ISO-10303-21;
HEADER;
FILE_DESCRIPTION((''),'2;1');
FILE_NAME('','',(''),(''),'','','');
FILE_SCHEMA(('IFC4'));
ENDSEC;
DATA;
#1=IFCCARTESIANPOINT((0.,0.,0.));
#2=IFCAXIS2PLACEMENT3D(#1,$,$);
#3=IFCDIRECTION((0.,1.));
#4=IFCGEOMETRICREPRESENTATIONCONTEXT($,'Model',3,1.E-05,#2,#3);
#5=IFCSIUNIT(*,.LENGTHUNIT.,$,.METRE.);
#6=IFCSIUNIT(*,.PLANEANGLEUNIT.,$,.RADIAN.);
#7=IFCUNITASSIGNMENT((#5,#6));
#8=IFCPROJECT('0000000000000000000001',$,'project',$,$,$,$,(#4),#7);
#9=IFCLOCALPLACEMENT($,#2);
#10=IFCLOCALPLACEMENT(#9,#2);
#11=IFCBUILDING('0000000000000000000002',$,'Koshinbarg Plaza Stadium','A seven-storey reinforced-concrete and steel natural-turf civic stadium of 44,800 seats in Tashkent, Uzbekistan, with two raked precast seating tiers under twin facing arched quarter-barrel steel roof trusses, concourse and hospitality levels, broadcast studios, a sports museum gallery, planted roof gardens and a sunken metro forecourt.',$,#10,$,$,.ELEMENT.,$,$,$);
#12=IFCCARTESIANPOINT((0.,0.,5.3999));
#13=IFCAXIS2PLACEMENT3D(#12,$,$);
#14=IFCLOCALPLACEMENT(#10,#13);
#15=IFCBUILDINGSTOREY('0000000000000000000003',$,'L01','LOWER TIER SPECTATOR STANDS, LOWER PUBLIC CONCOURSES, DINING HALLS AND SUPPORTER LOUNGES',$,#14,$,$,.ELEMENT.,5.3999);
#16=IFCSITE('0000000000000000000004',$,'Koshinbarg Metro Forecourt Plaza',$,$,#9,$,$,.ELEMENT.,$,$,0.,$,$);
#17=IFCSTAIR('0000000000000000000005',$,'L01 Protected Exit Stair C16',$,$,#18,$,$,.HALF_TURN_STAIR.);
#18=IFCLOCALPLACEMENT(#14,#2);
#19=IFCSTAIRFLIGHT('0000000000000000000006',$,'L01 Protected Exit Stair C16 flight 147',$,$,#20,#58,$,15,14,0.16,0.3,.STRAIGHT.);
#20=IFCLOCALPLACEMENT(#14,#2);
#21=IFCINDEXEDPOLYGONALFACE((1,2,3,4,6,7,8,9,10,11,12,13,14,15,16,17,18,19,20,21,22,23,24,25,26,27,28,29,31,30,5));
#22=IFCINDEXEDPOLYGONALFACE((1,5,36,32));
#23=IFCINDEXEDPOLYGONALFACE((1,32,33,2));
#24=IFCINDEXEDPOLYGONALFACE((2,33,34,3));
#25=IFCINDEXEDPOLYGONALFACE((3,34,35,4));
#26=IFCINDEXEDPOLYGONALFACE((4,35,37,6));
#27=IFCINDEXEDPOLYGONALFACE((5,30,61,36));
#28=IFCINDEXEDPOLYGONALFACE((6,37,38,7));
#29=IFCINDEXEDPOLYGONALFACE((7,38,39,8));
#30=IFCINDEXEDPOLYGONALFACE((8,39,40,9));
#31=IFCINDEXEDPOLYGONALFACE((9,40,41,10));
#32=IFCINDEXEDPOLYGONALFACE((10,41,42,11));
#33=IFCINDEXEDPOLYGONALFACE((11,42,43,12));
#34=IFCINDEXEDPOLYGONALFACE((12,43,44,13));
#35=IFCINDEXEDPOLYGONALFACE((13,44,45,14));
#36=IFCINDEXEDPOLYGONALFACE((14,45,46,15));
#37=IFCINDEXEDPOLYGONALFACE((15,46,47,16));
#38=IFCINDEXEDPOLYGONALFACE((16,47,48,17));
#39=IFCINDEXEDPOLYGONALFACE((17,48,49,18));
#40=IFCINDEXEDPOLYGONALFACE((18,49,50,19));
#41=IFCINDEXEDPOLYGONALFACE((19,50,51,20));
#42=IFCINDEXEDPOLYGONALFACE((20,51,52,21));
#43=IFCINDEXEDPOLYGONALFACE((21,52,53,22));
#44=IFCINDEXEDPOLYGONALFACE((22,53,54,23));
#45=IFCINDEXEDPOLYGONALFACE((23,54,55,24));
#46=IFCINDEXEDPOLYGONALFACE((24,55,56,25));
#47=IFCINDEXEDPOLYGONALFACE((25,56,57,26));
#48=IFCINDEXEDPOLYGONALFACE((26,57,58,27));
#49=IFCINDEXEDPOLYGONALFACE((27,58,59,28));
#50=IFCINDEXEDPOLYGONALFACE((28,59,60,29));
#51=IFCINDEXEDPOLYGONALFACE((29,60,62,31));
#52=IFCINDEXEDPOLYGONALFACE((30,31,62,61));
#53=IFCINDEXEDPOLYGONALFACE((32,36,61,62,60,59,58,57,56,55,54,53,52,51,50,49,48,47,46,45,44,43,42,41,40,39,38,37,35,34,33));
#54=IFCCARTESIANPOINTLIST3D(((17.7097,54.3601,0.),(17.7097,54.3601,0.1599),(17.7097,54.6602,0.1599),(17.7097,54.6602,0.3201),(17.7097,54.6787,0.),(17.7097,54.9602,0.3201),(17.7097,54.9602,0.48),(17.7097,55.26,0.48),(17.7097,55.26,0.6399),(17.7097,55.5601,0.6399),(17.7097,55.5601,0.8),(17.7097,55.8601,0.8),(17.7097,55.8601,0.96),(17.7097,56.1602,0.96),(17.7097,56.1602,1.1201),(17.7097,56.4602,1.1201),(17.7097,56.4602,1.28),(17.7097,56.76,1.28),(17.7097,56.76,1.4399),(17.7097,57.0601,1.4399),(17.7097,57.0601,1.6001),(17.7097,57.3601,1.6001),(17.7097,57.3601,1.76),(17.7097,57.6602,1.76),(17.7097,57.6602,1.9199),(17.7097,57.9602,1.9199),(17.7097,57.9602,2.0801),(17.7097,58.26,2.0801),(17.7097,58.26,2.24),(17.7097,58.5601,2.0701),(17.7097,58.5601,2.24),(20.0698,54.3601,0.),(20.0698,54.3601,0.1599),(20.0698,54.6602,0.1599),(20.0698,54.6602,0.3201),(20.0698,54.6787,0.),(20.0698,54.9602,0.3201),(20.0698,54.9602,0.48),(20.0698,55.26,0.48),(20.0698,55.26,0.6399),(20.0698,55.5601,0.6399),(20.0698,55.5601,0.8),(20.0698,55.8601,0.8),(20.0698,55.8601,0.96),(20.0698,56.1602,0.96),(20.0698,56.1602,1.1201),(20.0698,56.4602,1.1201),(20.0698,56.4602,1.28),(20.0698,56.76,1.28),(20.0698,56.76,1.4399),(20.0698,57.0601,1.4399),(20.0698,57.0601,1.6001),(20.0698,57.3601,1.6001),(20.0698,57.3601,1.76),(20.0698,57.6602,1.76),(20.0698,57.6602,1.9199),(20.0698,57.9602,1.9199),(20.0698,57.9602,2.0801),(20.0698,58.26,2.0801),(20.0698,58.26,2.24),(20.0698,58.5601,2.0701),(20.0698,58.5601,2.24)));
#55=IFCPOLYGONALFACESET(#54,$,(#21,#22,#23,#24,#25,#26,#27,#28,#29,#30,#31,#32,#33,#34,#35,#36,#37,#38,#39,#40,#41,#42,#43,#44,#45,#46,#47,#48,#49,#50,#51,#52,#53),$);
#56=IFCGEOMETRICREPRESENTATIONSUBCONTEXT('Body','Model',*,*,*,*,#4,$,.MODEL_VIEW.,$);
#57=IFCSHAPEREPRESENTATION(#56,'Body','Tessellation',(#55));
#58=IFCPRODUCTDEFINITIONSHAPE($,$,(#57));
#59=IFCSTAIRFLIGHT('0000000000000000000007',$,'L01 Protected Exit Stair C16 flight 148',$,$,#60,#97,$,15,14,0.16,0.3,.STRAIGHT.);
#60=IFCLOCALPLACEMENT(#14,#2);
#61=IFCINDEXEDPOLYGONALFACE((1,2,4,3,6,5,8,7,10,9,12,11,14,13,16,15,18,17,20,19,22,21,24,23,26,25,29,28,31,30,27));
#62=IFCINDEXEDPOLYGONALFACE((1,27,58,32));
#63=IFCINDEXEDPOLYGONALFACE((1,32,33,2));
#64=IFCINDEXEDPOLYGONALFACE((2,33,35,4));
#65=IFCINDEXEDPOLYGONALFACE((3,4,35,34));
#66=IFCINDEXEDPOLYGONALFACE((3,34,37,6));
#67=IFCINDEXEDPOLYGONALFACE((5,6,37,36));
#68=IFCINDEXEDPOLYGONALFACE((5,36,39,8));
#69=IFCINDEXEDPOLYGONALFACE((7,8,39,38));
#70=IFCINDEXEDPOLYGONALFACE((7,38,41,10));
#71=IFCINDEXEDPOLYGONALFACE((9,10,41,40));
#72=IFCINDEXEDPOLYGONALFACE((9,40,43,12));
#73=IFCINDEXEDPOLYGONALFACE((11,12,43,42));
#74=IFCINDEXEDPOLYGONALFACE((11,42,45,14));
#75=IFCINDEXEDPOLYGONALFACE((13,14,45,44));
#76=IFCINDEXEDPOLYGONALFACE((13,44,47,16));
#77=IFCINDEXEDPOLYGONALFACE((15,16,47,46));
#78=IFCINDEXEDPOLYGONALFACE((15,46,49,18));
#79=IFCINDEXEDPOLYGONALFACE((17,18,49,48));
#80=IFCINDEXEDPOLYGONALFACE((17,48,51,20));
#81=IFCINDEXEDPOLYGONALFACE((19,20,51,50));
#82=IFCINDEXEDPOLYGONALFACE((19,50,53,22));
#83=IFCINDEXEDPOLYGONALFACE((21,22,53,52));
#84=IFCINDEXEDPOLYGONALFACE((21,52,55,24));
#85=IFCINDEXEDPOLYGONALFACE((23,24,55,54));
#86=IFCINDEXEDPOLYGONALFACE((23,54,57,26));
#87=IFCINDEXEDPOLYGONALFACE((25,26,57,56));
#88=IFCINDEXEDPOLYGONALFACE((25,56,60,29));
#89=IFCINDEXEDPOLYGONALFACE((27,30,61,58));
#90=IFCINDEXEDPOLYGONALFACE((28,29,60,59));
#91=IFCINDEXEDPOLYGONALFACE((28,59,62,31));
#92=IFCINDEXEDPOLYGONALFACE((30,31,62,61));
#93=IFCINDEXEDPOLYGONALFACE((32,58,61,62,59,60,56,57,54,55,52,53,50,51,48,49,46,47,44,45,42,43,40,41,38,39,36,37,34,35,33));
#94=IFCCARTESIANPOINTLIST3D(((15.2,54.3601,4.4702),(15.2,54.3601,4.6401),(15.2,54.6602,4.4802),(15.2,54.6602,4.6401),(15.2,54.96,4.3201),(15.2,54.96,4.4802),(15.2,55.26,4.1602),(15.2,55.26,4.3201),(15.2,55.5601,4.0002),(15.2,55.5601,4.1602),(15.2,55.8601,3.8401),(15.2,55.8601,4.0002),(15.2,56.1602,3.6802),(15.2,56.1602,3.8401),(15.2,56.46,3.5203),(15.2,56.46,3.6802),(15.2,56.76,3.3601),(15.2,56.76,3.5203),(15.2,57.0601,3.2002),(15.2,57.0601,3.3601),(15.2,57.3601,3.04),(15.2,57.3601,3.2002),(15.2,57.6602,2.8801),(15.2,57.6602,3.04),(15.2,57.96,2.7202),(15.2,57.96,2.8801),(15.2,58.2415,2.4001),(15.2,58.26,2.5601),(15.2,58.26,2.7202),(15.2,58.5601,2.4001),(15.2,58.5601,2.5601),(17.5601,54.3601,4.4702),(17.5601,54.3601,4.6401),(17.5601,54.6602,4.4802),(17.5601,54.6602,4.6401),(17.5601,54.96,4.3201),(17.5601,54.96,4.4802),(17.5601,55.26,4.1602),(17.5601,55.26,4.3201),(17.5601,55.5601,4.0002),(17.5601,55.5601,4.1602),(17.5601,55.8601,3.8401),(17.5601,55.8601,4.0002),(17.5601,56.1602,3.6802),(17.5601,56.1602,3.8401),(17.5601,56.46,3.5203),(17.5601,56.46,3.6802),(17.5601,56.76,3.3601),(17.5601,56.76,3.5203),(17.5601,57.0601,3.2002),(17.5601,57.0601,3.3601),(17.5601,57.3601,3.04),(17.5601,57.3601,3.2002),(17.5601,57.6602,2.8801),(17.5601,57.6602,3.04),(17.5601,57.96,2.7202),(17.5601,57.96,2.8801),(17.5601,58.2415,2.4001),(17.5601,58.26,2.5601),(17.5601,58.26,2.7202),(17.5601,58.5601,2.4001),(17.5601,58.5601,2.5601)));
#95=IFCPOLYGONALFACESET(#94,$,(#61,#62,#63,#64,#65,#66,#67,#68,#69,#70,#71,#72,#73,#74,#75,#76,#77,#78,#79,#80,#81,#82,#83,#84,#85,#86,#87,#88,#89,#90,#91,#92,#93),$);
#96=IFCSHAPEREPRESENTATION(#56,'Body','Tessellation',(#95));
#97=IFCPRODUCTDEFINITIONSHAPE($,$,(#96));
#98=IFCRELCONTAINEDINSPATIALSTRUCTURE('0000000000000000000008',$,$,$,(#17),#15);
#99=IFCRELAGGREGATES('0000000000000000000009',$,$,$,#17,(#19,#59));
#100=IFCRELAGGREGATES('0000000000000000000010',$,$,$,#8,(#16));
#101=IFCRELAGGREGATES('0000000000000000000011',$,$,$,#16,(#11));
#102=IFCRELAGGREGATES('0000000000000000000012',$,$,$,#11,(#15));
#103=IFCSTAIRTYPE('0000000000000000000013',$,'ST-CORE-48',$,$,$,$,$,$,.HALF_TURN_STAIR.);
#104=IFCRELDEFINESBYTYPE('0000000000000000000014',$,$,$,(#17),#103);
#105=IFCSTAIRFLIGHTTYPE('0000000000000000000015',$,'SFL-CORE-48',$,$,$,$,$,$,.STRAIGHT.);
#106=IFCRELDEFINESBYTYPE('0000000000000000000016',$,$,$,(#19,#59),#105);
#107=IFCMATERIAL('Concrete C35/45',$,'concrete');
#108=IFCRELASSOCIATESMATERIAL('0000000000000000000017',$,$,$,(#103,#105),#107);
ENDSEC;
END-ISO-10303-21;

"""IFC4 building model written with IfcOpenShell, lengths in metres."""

from ifc_helpers import new_model, si_unit, direction, frame, origin, place, context, subcontext, project, spatial, polyline, outline, extrude, material, type_object, element, aggregate, save


model = new_model("IFC4")

# Units and contexts
model_context = context("Model", 3, precision=1e-05, world=origin(), true_north=direction((0.0, 1.0)))
body_context = subcontext(model_context, "Body", "Model", "MODEL_VIEW")
ifc_project = project(units=[si_unit("LENGTHUNIT", "METRE"), si_unit("PLANEANGLEUNIT", "RADIAN")], contexts=[model_context])

# Site, building, storey
site_placement = place(None, origin())
site = spatial("IfcSite", under=ifc_project, at=site_placement, Name="Koshinbarg Metro Forecourt Plaza", CompositionType="ELEMENT", RefElevation=0.0)
building_placement = place(site_placement, origin())
building = spatial("IfcBuilding", under=site, at=building_placement, Name="Koshinbarg Plaza Stadium", Description="A seven-storey reinforced-concrete and steel natural-turf civic stadium of 44,800 seats in Tashkent, Uzbekistan, with two raked precast seating tiers under twin facing arched quarter-barrel steel roof trusses, concourse and hospitality levels, broadcast studios, a sports museum gallery, planted roof gardens and a sunken metro forecourt.", CompositionType="ELEMENT")
storey_placement = place(building_placement, frame((0.0, 0.0, 5.3999)))
storey = spatial("IfcBuildingStorey", under=building, at=storey_placement, Name="L01", Description="LOWER TIER SPECTATOR STANDS, LOWER PUBLIC CONCOURSES, DINING HALLS AND SUPPORTER LOUNGES", CompositionType="ELEMENT", Elevation=5.3999)

# Stair, stair flights
ifc_material_1 = material(Name="Concrete C35/45", Category="concrete")
stair_type = type_object("IfcStairType", Name="ST-CORE-48", PredefinedType="HALF_TURN_STAIR", material=ifc_material_1)
stair_placement = place(storey_placement, origin())
stair = element("IfcStair", 1, at=stair_placement, inside=storey, type_object=stair_type, Name="L01 Protected Exit Stair C16", PredefinedType="HALF_TURN_STAIR")
stair_flight_type = type_object("IfcStairFlightType", Name="SFL-CORE-48", PredefinedType="STRAIGHT", material=ifc_material_1)
stair_flight_1_placement = place(storey_placement, frame((18.8899, 54.3601, 0.0), z_axis=(0.0, 0.0, 1.0), x_axis=(0.0, 1.0, 0.0)))
stair_flight_1 = element("IfcStairFlight", 2, at=stair_flight_1_placement, type_object=stair_flight_type, Name="L01 Protected Exit Stair C16 flight 147", NumberOfRisers=15, NumberOfTreads=14, PredefinedType="STRAIGHT", RiserHeight=0.16, TreadLength=0.3, context=body_context, shape_type="SweptSolid", body=[
    extrude(outline(polyline([(0.0, 0.0), (0.0, 0.1599), (0.3, 0.1599), (0.3, 0.3201), (0.6001, 0.3201), (0.6001, 0.48), (0.8999, 0.48), (0.8999, 0.6399), (1.2, 0.6399), (1.2, 0.8), (1.5, 0.8), (1.5, 0.96), (1.8, 0.96), (1.8, 1.1201), (2.1001, 1.1201), (2.1001, 1.28), (2.3999, 1.28), (2.3999, 1.4399), (2.7, 1.4399), (2.7, 1.6001), (3.0, 1.6001), (3.0, 1.76), (3.3, 1.76), (3.3, 1.9199), (3.6001, 1.9199), (3.6001, 2.0801), (3.8999, 2.0801), (3.8999, 2.24), (4.2, 2.24), (4.2, 2.3999), (4.2, 2.0701), (0.3186, 0.0), (0.0, 0.0)])), frame((0.0, 1.1802, 0.0), z_axis=(0.0, -1.0, 0.0), x_axis=(1.0, 0.0, 0.0)), (0.0, 0.0, 1.0), 2.3601),
])
stair_flight_2_placement = place(storey_placement, frame((16.3799, 58.5601, 2.4001), z_axis=(0.0, 0.0, 1.0), x_axis=(0.0, -1.0, 0.0)))
stair_flight_2 = element("IfcStairFlight", 3, at=stair_flight_2_placement, type_object=stair_flight_type, Name="L01 Protected Exit Stair C16 flight 148", NumberOfRisers=15, NumberOfTreads=14, PredefinedType="STRAIGHT", RiserHeight=0.16, TreadLength=0.3, context=body_context, shape_type="SweptSolid", body=[
    extrude(outline(polyline([(0.0, 0.0), (0.0, 0.1599), (0.3, 0.1599), (0.3, 0.3201), (0.6001, 0.3201), (0.6001, 0.48), (0.8999, 0.48), (0.8999, 0.6399), (1.2, 0.6399), (1.2, 0.8), (1.5, 0.8), (1.5, 0.96), (1.8, 0.96), (1.8, 1.1201), (2.1001, 1.1201), (2.1001, 1.28), (2.3999, 1.28), (2.3999, 1.4399), (2.7, 1.4399), (2.7, 1.6001), (3.0, 1.6001), (3.0, 1.76), (3.3, 1.76), (3.3, 1.9199), (3.6001, 1.9199), (3.6001, 2.0801), (3.8999, 2.0801), (3.8999, 2.24), (4.2, 2.24), (4.2, 2.3999), (4.2, 2.0701), (0.3186, 0.0), (0.0, 0.0)])), frame((0.0, 1.1802, 0.0), z_axis=(0.0, -1.0, 0.0), x_axis=(1.0, 0.0, 0.0)), (0.0, 0.0, 1.0), 2.3601),
])
aggregate(stair, [stair_flight_1, stair_flight_2])

save(model, "model.ifc")
